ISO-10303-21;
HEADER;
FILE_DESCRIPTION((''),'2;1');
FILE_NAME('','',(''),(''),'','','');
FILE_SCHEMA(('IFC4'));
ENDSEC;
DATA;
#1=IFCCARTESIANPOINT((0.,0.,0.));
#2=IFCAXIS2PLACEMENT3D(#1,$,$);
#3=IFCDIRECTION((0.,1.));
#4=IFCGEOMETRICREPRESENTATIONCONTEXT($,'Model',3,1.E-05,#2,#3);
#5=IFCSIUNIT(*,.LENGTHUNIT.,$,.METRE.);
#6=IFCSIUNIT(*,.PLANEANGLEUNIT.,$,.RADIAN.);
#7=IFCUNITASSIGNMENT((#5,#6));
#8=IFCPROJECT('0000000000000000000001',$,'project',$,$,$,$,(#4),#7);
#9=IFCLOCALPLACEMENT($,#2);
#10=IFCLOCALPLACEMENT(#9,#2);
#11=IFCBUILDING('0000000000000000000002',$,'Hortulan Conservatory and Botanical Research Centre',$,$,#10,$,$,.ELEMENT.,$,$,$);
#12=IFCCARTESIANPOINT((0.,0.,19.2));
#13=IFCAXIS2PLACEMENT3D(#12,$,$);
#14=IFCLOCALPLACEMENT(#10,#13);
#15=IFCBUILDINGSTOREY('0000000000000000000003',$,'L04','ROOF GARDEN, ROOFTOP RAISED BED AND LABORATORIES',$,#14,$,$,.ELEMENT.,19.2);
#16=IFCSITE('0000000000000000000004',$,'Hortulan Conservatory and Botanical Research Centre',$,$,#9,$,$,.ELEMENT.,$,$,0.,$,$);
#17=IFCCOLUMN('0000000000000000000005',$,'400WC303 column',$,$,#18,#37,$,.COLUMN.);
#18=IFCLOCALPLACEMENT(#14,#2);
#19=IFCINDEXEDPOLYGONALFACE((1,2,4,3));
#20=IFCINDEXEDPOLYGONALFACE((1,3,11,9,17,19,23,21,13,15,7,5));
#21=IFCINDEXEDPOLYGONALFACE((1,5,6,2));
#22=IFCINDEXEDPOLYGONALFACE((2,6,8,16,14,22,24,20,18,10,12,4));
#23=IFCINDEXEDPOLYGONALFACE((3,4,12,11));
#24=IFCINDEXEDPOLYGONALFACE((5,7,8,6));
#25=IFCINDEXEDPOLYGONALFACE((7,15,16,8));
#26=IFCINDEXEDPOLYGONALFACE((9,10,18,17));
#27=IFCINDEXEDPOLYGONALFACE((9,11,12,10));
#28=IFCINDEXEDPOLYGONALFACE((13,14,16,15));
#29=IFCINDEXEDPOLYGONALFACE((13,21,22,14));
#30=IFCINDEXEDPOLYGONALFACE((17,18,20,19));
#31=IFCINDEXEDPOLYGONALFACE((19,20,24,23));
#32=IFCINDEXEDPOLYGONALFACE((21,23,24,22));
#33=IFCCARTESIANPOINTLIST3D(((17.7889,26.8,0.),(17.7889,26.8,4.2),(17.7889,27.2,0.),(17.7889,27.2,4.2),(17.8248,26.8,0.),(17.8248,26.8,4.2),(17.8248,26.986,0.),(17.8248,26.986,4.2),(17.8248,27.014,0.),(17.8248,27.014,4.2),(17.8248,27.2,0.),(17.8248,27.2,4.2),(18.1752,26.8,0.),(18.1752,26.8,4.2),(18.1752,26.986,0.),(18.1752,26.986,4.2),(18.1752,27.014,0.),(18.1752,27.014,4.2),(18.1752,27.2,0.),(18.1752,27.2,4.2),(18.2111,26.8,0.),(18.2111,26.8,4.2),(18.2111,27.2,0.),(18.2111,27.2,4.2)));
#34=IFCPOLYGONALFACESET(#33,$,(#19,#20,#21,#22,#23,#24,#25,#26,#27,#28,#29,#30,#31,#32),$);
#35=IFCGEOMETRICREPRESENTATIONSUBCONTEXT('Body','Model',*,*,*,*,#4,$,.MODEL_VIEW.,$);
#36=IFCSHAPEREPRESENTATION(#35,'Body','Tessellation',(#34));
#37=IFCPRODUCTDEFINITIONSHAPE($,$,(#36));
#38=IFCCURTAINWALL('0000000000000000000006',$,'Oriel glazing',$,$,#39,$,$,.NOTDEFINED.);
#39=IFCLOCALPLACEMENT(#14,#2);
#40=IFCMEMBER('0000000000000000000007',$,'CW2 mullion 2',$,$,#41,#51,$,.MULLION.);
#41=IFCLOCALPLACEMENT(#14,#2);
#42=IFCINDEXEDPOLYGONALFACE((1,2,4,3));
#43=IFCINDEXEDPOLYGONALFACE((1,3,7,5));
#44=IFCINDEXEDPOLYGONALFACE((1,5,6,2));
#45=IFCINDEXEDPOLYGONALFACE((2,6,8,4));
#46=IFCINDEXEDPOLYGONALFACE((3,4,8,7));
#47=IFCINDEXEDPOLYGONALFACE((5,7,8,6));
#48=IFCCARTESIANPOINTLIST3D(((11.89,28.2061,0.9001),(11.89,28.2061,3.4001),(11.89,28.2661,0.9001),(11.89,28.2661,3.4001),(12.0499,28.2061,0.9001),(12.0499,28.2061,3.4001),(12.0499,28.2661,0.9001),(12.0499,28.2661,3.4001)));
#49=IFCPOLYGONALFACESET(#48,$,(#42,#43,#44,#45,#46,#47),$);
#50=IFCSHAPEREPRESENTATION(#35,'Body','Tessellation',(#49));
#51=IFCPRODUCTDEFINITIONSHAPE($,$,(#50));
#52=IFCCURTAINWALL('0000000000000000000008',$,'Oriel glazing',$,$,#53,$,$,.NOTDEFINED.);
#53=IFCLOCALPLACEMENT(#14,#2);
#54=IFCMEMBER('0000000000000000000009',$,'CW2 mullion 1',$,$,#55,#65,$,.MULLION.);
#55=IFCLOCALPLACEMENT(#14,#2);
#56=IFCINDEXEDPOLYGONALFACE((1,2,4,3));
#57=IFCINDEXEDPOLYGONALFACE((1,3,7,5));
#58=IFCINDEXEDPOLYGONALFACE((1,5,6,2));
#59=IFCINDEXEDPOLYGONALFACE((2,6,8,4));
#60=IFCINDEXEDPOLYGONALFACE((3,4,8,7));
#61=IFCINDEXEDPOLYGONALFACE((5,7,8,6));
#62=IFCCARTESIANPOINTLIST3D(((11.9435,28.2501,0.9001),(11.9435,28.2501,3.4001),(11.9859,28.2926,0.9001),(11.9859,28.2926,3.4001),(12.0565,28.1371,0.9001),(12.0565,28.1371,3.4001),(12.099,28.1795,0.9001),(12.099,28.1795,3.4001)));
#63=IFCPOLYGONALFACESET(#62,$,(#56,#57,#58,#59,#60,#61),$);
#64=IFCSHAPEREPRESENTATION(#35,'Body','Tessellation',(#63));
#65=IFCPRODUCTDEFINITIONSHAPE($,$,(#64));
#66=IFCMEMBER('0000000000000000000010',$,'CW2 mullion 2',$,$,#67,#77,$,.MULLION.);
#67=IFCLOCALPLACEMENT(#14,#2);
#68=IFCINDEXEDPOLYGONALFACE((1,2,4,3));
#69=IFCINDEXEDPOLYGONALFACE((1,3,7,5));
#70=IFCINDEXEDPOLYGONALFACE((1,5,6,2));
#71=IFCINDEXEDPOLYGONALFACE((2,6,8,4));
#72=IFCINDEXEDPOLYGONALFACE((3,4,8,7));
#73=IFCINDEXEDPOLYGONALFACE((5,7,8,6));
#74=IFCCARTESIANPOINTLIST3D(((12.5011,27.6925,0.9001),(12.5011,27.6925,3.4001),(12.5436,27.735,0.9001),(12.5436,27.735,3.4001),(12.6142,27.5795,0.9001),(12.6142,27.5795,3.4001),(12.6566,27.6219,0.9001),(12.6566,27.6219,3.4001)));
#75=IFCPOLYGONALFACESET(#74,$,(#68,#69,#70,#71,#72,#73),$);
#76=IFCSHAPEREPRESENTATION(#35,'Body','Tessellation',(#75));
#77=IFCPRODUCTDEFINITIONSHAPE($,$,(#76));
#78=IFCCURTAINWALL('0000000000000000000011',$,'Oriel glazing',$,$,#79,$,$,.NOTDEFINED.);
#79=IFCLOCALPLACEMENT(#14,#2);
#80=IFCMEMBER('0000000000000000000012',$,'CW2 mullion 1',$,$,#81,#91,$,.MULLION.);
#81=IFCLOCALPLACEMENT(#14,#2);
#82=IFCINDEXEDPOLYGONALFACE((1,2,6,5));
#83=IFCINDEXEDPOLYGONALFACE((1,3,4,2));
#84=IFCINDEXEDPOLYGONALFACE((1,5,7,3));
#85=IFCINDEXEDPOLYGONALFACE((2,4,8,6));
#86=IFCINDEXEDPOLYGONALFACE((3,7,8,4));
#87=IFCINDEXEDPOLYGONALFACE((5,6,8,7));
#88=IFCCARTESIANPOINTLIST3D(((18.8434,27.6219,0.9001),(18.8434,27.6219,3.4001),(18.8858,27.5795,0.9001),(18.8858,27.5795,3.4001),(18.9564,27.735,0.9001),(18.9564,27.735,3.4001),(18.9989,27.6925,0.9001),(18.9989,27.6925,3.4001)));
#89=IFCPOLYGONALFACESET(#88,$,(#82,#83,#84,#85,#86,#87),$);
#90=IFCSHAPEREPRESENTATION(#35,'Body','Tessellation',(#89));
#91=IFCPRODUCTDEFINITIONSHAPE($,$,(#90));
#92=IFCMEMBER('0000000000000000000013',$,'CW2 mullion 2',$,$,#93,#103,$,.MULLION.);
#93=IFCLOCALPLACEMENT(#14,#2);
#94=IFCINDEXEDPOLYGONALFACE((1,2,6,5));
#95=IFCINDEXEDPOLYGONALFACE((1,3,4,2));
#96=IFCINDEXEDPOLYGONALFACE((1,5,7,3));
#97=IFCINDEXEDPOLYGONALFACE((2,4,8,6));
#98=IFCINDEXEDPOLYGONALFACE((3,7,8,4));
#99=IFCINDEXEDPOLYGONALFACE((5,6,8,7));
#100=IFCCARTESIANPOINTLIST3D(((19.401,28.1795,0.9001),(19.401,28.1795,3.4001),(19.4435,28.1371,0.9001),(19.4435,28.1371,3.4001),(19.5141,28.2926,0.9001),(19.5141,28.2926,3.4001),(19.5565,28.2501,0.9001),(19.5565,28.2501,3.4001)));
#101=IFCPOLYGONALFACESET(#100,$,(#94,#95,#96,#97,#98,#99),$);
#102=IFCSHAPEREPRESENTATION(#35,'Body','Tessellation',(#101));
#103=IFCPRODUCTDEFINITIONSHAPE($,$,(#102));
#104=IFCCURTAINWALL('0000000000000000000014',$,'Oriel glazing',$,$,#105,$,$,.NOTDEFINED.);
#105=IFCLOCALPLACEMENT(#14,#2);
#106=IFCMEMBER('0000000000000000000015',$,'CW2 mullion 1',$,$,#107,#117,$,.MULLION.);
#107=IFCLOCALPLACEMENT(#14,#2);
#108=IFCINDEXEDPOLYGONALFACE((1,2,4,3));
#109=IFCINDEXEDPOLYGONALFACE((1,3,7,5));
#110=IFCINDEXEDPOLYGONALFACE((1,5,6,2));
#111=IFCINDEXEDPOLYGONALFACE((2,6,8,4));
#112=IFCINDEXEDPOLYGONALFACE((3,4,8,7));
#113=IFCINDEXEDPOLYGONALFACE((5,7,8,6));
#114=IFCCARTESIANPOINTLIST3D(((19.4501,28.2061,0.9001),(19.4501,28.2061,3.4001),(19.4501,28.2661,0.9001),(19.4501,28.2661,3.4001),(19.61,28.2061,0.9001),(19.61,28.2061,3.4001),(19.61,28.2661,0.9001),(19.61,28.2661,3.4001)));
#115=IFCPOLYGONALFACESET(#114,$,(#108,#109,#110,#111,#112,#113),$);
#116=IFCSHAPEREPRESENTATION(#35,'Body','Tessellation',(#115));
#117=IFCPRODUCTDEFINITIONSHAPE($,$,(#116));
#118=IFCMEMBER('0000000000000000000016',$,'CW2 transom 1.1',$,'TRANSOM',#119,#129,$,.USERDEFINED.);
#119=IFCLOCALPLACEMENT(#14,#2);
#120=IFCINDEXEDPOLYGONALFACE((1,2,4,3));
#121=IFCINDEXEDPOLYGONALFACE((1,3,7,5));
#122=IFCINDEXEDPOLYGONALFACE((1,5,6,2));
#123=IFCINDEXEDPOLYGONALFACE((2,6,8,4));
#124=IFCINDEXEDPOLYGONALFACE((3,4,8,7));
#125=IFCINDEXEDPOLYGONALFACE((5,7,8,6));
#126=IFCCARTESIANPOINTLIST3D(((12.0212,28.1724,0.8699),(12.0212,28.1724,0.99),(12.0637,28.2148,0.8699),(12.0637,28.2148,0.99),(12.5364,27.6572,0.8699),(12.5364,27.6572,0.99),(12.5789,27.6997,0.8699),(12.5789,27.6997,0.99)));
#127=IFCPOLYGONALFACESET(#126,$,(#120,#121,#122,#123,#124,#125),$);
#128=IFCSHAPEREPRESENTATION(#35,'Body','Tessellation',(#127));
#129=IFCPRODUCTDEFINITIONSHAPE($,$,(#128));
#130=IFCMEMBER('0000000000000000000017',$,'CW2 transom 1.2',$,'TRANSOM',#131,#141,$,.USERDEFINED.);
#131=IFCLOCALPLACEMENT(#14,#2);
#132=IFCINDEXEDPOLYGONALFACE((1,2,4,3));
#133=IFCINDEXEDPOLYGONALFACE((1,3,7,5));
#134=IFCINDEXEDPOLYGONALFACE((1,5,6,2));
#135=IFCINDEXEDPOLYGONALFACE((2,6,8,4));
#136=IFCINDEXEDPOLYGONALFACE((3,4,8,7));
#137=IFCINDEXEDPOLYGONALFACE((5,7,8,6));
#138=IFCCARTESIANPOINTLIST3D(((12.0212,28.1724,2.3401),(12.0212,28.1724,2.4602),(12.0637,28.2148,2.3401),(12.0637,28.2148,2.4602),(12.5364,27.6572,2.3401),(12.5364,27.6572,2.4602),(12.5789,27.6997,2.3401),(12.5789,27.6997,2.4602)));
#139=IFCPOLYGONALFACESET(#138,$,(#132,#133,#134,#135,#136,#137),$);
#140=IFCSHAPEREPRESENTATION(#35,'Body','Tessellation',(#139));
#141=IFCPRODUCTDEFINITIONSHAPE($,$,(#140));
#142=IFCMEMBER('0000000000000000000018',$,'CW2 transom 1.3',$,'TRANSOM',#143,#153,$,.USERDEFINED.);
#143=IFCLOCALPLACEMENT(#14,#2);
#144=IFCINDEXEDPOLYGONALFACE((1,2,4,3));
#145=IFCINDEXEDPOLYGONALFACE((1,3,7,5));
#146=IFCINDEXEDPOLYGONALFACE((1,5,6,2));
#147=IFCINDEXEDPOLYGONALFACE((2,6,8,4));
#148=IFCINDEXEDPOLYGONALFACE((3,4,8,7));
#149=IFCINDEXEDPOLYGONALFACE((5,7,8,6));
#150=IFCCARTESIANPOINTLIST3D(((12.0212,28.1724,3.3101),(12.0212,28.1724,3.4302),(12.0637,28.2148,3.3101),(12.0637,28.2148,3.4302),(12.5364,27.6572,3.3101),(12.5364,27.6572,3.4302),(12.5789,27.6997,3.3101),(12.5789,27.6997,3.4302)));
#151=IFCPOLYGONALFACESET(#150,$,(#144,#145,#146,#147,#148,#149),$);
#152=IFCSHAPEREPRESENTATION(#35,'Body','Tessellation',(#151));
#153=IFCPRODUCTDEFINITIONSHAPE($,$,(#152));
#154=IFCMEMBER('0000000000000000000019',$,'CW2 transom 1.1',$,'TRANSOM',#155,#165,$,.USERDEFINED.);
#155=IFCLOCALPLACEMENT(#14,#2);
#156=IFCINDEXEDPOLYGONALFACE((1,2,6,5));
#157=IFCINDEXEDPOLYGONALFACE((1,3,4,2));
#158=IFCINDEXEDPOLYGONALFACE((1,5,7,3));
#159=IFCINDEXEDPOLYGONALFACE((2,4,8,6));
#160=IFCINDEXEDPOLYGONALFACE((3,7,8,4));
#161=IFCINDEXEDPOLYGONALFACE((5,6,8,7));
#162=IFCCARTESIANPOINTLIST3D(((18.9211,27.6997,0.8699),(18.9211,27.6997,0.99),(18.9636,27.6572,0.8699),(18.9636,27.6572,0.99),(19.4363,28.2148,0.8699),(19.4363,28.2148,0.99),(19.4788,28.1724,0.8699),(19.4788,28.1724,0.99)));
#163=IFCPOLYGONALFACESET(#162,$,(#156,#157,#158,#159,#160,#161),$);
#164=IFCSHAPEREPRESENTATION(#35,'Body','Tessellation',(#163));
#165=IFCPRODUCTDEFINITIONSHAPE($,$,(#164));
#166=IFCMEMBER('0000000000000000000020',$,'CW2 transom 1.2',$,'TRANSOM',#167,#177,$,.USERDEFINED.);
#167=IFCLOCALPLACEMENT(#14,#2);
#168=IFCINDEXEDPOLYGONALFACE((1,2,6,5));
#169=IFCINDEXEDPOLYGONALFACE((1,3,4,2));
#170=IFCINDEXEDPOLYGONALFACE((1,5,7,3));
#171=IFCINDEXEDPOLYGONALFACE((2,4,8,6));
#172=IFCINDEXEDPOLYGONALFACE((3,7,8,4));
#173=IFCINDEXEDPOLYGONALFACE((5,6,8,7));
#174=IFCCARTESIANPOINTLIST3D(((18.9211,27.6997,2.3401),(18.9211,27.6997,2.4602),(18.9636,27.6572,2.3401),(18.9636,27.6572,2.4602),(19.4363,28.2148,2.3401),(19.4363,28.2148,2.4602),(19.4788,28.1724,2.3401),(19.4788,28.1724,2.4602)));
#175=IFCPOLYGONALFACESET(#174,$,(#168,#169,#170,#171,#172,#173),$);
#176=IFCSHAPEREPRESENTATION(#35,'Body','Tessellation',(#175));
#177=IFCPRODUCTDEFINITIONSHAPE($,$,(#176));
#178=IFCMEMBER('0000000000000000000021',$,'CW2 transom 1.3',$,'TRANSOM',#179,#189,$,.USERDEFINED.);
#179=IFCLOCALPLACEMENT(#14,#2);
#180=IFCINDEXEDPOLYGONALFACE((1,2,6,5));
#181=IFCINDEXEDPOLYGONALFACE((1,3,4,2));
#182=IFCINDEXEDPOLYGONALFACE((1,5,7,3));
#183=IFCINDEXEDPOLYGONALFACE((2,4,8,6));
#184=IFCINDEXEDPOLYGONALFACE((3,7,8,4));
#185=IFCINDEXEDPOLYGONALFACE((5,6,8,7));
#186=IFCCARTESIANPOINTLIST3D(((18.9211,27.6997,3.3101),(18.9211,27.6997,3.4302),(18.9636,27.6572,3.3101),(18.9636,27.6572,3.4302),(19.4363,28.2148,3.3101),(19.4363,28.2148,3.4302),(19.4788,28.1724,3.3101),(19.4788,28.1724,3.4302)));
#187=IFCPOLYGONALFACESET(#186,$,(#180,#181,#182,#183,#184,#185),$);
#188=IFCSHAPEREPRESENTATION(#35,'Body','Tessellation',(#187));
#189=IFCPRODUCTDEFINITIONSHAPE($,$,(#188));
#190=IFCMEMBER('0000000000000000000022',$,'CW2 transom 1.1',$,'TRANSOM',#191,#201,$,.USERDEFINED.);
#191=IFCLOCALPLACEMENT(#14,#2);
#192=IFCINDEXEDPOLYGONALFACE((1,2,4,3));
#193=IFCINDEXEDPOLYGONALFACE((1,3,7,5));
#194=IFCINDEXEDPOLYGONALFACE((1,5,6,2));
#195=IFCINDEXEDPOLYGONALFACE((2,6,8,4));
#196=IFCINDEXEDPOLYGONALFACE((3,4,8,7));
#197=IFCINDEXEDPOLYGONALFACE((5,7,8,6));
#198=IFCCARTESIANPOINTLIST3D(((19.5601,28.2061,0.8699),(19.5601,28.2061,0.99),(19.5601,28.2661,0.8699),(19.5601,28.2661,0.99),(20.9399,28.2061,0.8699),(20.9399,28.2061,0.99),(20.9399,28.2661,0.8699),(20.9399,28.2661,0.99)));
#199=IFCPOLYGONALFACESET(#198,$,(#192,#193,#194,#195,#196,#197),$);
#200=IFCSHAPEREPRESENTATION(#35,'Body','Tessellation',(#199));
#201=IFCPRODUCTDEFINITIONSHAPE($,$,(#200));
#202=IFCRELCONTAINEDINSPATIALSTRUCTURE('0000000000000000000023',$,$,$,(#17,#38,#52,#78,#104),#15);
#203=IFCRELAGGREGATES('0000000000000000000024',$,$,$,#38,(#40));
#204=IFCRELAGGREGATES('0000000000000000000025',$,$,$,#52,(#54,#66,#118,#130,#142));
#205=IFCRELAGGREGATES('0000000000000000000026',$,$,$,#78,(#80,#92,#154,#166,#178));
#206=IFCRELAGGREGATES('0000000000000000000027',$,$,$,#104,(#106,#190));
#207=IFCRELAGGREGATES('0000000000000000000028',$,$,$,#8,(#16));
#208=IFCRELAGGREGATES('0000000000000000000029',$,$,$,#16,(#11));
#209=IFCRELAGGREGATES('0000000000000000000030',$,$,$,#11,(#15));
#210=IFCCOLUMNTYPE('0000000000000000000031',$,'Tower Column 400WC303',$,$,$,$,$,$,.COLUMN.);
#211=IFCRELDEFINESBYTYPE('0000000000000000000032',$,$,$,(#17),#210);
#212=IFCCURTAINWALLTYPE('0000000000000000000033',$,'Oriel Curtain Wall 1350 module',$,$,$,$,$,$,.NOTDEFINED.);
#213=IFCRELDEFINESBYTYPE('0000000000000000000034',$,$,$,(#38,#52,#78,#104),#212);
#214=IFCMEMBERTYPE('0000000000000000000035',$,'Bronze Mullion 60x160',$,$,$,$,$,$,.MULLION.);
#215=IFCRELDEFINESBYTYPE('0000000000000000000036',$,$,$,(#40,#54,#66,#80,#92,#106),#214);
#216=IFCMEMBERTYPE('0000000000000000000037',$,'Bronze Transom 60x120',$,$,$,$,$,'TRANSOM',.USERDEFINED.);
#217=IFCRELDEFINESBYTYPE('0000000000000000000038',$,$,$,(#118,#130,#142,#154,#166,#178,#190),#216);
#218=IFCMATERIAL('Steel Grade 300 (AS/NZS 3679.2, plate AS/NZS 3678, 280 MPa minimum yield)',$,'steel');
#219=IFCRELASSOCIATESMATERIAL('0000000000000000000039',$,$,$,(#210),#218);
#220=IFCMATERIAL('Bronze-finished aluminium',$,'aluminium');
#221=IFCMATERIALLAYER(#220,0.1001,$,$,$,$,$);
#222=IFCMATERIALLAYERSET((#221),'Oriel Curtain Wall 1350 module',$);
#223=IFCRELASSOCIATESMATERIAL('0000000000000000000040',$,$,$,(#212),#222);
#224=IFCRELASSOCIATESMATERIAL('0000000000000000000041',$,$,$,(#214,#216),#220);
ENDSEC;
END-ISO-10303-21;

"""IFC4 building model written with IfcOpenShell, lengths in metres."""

from ifc_helpers import new_model, si_unit, direction, frame, origin, origin_2d, place, context, subcontext, project, spatial, rectangle, i_section, extrude, material, layer, layer_set, material_profile, profile_set, type_object, element, aggregate, save


model = new_model("IFC4")

# Units and contexts
model_context = context("Model", 3, precision=1e-05, world=origin(), true_north=direction((0.0, 1.0)))
body_context = subcontext(model_context, "Body", "Model", "MODEL_VIEW")
ifc_project = project(units=[si_unit("LENGTHUNIT", "METRE"), si_unit("PLANEANGLEUNIT", "RADIAN")], contexts=[model_context])

# Site, building, storey
site_placement = place(None, origin())
site = spatial("IfcSite", under=ifc_project, at=site_placement, Name="Hortulan Conservatory and Botanical Research Centre", CompositionType="ELEMENT", RefElevation=0.0)
building_placement = place(site_placement, origin())
building = spatial("IfcBuilding", under=site, at=building_placement, Name="Hortulan Conservatory and Botanical Research Centre", CompositionType="ELEMENT")
storey_placement = place(building_placement, frame((0.0, 0.0, 19.2)))
storey = spatial("IfcBuildingStorey", under=building, at=storey_placement, Name="L04", Description="ROOF GARDEN, ROOFTOP RAISED BED AND LABORATORIES", CompositionType="ELEMENT", Elevation=19.2)

# Column
ifc_material_1 = material(Name="Steel Grade 300 (AS/NZS 3679.2, plate AS/NZS 3678, 280 MPa minimum yield)", Category="steel")
ifc_material_profile_1 = material_profile(ifc_material_1, i_section(OverallWidth=0.3999, OverallDepth=0.4221, WebThickness=0.0281, FlangeThickness=0.0359, at=origin_2d()), Name="400WC303")
ifc_profile_set_1 = profile_set([ifc_material_profile_1], Name="Steel Grade 300 (AS/NZS 3679.2, plate AS/NZS 3678, 280 MPa minimum yield)")
column_type = type_object("IfcColumnType", Name="Tower Column 400WC303", PredefinedType="COLUMN", material=ifc_profile_set_1)
column_placement = place(storey_placement, frame((18.0, 27.0, 0.0), z_axis=(0.0, 0.0, 1.0), x_axis=(0.0, 1.0, 0.0)))
element("IfcColumn", 1, at=column_placement, inside=storey, type_object=column_type, Name="400WC303 column", PredefinedType="COLUMN", context=body_context, shape_type="SweptSolid", body=[
    extrude(i_section(OverallWidth=0.3999, OverallDepth=0.4221, WebThickness=0.0281, FlangeThickness=0.0359, at=origin_2d()), origin(), (0.0, 0.0, 1.0), 4.2),
])

# Curtain wall, member
ifc_material_2 = material(Name="Bronze-finished aluminium", Category="aluminium")
ifc_layer_1 = layer(ifc_material_2, 0.1001)
ifc_layer_set_1 = layer_set([ifc_layer_1], Name="Oriel Curtain Wall 1350 module")
curtain_wall_type = type_object("IfcCurtainWallType", Name="Oriel Curtain Wall 1350 module", PredefinedType="NOTDEFINED", material=ifc_layer_set_1)
curtain_wall_1_placement = place(storey_placement, origin())
curtain_wall_1 = element("IfcCurtainWall", 2, at=curtain_wall_1_placement, inside=storey, type_object=curtain_wall_type, Name="Oriel glazing", PredefinedType="NOTDEFINED")
ifc_material_profile_2 = material_profile(ifc_material_2, rectangle(XDim=0.0601, YDim=0.1599, at=origin_2d()), Name="Bronze Mullion 60x160")
ifc_profile_set_2 = profile_set([ifc_material_profile_2], Name="Bronze-finished aluminium")
member_type_1 = type_object("IfcMemberType", Name="Bronze Mullion 60x160", PredefinedType="MULLION", material=ifc_profile_set_2)
member_1_placement = place(storey_placement, frame((11.97, 28.2361, 0.9001), z_axis=(0.0, 0.0, 1.0), x_axis=(0.0, 1.0, 0.0)))
member_1 = element("IfcMember", 3, at=member_1_placement, type_object=member_type_1, Name="CW2 mullion 2", PredefinedType="MULLION", context=body_context, shape_type="SweptSolid", body=[
    extrude(rectangle(XDim=0.0601, YDim=0.1599, at=origin_2d()), origin(), (0.0, 0.0, 1.0), 2.5),
])

# Curtain walls, members
curtain_wall_2_placement = place(storey_placement, origin())
curtain_wall_2 = element("IfcCurtainWall", 4, at=curtain_wall_2_placement, inside=storey, type_object=curtain_wall_type, Name="Oriel glazing", PredefinedType="NOTDEFINED")
member_2_placement = place(storey_placement, frame((12.0212, 28.2148, 0.9001), z_axis=(0.0, 0.0, 1.0), x_axis=(0.707107, 0.707107, 0.0)))
member_2 = element("IfcMember", 5, at=member_2_placement, type_object=member_type_1, Name="CW2 mullion 1", PredefinedType="MULLION", context=body_context, shape_type="SweptSolid", body=[
    extrude(rectangle(XDim=0.0601, YDim=0.1599, at=origin_2d()), origin(), (0.0, 0.0, 1.0), 2.5),
])
member_3_placement = place(storey_placement, frame((12.5789, 27.6572, 0.9001), z_axis=(0.0, 0.0, 1.0), x_axis=(0.707107, 0.707107, 0.0)))
member_3 = element("IfcMember", 6, at=member_3_placement, type_object=member_type_1, Name="CW2 mullion 2", PredefinedType="MULLION", context=body_context, shape_type="SweptSolid", body=[
    extrude(rectangle(XDim=0.0601, YDim=0.1599, at=origin_2d()), origin(), (0.0, 0.0, 1.0), 2.5),
])
curtain_wall_3_placement = place(storey_placement, origin())
curtain_wall_3 = element("IfcCurtainWall", 7, at=curtain_wall_3_placement, inside=storey, type_object=curtain_wall_type, Name="Oriel glazing", PredefinedType="NOTDEFINED")
member_4_placement = place(storey_placement, frame((18.9211, 27.6572, 0.9001), z_axis=(0.0, 0.0, 1.0), x_axis=(-0.707107, 0.707107, 0.0)))
member_4 = element("IfcMember", 8, at=member_4_placement, type_object=member_type_1, Name="CW2 mullion 1", PredefinedType="MULLION", context=body_context, shape_type="SweptSolid", body=[
    extrude(rectangle(XDim=0.0601, YDim=0.1599, at=origin_2d()), origin(), (0.0, 0.0, 1.0), 2.5),
])
member_5_placement = place(storey_placement, frame((19.4788, 28.2148, 0.9001), z_axis=(0.0, 0.0, 1.0), x_axis=(-0.707107, 0.707107, 0.0)))
member_5 = element("IfcMember", 9, at=member_5_placement, type_object=member_type_1, Name="CW2 mullion 2", PredefinedType="MULLION", context=body_context, shape_type="SweptSolid", body=[
    extrude(rectangle(XDim=0.0601, YDim=0.1599, at=origin_2d()), origin(), (0.0, 0.0, 1.0), 2.5),
])

# Curtain wall, member
curtain_wall_4_placement = place(storey_placement, origin())
curtain_wall_4 = element("IfcCurtainWall", 10, at=curtain_wall_4_placement, inside=storey, type_object=curtain_wall_type, Name="Oriel glazing", PredefinedType="NOTDEFINED")
member_6_placement = place(storey_placement, frame((19.53, 28.2361, 0.9001), z_axis=(0.0, 0.0, 1.0), x_axis=(0.0, 1.0, 0.0)))
member_6 = element("IfcMember", 11, at=member_6_placement, type_object=member_type_1, Name="CW2 mullion 1", PredefinedType="MULLION", context=body_context, shape_type="SweptSolid", body=[
    extrude(rectangle(XDim=0.0601, YDim=0.1599, at=origin_2d()), origin(), (0.0, 0.0, 1.0), 2.5),
])

# Members
ifc_material_profile_3 = material_profile(ifc_material_2, rectangle(XDim=0.0601, YDim=0.1201, at=origin_2d()), Name="Bronze Transom 60x120")
ifc_profile_set_3 = profile_set([ifc_material_profile_3], Name="Bronze-finished aluminium")
member_type_2 = type_object("IfcMemberType", Name="Bronze Transom 60x120", ElementType="TRANSOM", PredefinedType="USERDEFINED", material=ifc_profile_set_3)
member_7_placement = place(storey_placement, frame((12.0425, 28.1936, 0.9299), z_axis=(0.707107, -0.707107, 0.0), x_axis=(0.707107, 0.707107, 0.0)))
member_7 = element("IfcMember", 12, at=member_7_placement, type_object=member_type_2, Name="CW2 transom 1.1", ObjectType="TRANSOM", PredefinedType="USERDEFINED", context=body_context, shape_type="SweptSolid", body=[
    extrude(rectangle(XDim=0.0601, YDim=0.1201, at=origin_2d()), origin(), (0.0, 0.0, 1.0), 0.7285),
])
member_8_placement = place(storey_placement, frame((12.0425, 28.1936, 2.4001), z_axis=(0.707107, -0.707107, 0.0), x_axis=(0.707107, 0.707107, 0.0)))
member_8 = element("IfcMember", 13, at=member_8_placement, type_object=member_type_2, Name="CW2 transom 1.2", ObjectType="TRANSOM", PredefinedType="USERDEFINED", context=body_context, shape_type="SweptSolid", body=[
    extrude(rectangle(XDim=0.0601, YDim=0.1201, at=origin_2d()), origin(), (0.0, 0.0, 1.0), 0.7285),
])
member_9_placement = place(storey_placement, frame((12.0425, 28.1936, 3.3701), z_axis=(0.707107, -0.707107, 0.0), x_axis=(0.707107, 0.707107, 0.0)))
member_9 = element("IfcMember", 14, at=member_9_placement, type_object=member_type_2, Name="CW2 transom 1.3", ObjectType="TRANSOM", PredefinedType="USERDEFINED", context=body_context, shape_type="SweptSolid", body=[
    extrude(rectangle(XDim=0.0601, YDim=0.1201, at=origin_2d()), origin(), (0.0, 0.0, 1.0), 0.7285),
])
member_10_placement = place(storey_placement, frame((18.9424, 27.6785, 0.9299), z_axis=(0.707107, 0.707107, 0.0), x_axis=(-0.707107, 0.707107, 0.0)))
member_10 = element("IfcMember", 15, at=member_10_placement, type_object=member_type_2, Name="CW2 transom 1.1", ObjectType="TRANSOM", PredefinedType="USERDEFINED", context=body_context, shape_type="SweptSolid", body=[
    extrude(rectangle(XDim=0.0601, YDim=0.1201, at=origin_2d()), origin(), (0.0, 0.0, 1.0), 0.7285),
])
member_11_placement = place(storey_placement, frame((18.9424, 27.6785, 2.4001), z_axis=(0.707107, 0.707107, 0.0), x_axis=(-0.707107, 0.707107, 0.0)))
member_11 = element("IfcMember", 16, at=member_11_placement, type_object=member_type_2, Name="CW2 transom 1.2", ObjectType="TRANSOM", PredefinedType="USERDEFINED", context=body_context, shape_type="SweptSolid", body=[
    extrude(rectangle(XDim=0.0601, YDim=0.1201, at=origin_2d()), origin(), (0.0, 0.0, 1.0), 0.7285),
])
member_12_placement = place(storey_placement, frame((18.9424, 27.6785, 3.3701), z_axis=(0.707107, 0.707107, 0.0), x_axis=(-0.707107, 0.707107, 0.0)))
member_12 = element("IfcMember", 17, at=member_12_placement, type_object=member_type_2, Name="CW2 transom 1.3", ObjectType="TRANSOM", PredefinedType="USERDEFINED", context=body_context, shape_type="SweptSolid", body=[
    extrude(rectangle(XDim=0.0601, YDim=0.1201, at=origin_2d()), origin(), (0.0, 0.0, 1.0), 0.7285),
])
member_13_placement = place(storey_placement, frame((19.5601, 28.2361, 0.9299), z_axis=(1.0, 0.0, 0.0), x_axis=(0.0, 1.0, 0.0)))
member_13 = element("IfcMember", 18, at=member_13_placement, type_object=member_type_2, Name="CW2 transom 1.1", ObjectType="TRANSOM", PredefinedType="USERDEFINED", context=body_context, shape_type="SweptSolid", body=[
    extrude(rectangle(XDim=0.0601, YDim=0.1201, at=origin_2d()), origin(), (0.0, 0.0, 1.0), 1.3799),
])

aggregate(curtain_wall_1, [member_1])
aggregate(curtain_wall_2, [member_2, member_3, member_7, member_8, member_9])
aggregate(curtain_wall_3, [member_4, member_5, member_10, member_11, member_12])
aggregate(curtain_wall_4, [member_6, member_13])

save(model, "model.ifc")
